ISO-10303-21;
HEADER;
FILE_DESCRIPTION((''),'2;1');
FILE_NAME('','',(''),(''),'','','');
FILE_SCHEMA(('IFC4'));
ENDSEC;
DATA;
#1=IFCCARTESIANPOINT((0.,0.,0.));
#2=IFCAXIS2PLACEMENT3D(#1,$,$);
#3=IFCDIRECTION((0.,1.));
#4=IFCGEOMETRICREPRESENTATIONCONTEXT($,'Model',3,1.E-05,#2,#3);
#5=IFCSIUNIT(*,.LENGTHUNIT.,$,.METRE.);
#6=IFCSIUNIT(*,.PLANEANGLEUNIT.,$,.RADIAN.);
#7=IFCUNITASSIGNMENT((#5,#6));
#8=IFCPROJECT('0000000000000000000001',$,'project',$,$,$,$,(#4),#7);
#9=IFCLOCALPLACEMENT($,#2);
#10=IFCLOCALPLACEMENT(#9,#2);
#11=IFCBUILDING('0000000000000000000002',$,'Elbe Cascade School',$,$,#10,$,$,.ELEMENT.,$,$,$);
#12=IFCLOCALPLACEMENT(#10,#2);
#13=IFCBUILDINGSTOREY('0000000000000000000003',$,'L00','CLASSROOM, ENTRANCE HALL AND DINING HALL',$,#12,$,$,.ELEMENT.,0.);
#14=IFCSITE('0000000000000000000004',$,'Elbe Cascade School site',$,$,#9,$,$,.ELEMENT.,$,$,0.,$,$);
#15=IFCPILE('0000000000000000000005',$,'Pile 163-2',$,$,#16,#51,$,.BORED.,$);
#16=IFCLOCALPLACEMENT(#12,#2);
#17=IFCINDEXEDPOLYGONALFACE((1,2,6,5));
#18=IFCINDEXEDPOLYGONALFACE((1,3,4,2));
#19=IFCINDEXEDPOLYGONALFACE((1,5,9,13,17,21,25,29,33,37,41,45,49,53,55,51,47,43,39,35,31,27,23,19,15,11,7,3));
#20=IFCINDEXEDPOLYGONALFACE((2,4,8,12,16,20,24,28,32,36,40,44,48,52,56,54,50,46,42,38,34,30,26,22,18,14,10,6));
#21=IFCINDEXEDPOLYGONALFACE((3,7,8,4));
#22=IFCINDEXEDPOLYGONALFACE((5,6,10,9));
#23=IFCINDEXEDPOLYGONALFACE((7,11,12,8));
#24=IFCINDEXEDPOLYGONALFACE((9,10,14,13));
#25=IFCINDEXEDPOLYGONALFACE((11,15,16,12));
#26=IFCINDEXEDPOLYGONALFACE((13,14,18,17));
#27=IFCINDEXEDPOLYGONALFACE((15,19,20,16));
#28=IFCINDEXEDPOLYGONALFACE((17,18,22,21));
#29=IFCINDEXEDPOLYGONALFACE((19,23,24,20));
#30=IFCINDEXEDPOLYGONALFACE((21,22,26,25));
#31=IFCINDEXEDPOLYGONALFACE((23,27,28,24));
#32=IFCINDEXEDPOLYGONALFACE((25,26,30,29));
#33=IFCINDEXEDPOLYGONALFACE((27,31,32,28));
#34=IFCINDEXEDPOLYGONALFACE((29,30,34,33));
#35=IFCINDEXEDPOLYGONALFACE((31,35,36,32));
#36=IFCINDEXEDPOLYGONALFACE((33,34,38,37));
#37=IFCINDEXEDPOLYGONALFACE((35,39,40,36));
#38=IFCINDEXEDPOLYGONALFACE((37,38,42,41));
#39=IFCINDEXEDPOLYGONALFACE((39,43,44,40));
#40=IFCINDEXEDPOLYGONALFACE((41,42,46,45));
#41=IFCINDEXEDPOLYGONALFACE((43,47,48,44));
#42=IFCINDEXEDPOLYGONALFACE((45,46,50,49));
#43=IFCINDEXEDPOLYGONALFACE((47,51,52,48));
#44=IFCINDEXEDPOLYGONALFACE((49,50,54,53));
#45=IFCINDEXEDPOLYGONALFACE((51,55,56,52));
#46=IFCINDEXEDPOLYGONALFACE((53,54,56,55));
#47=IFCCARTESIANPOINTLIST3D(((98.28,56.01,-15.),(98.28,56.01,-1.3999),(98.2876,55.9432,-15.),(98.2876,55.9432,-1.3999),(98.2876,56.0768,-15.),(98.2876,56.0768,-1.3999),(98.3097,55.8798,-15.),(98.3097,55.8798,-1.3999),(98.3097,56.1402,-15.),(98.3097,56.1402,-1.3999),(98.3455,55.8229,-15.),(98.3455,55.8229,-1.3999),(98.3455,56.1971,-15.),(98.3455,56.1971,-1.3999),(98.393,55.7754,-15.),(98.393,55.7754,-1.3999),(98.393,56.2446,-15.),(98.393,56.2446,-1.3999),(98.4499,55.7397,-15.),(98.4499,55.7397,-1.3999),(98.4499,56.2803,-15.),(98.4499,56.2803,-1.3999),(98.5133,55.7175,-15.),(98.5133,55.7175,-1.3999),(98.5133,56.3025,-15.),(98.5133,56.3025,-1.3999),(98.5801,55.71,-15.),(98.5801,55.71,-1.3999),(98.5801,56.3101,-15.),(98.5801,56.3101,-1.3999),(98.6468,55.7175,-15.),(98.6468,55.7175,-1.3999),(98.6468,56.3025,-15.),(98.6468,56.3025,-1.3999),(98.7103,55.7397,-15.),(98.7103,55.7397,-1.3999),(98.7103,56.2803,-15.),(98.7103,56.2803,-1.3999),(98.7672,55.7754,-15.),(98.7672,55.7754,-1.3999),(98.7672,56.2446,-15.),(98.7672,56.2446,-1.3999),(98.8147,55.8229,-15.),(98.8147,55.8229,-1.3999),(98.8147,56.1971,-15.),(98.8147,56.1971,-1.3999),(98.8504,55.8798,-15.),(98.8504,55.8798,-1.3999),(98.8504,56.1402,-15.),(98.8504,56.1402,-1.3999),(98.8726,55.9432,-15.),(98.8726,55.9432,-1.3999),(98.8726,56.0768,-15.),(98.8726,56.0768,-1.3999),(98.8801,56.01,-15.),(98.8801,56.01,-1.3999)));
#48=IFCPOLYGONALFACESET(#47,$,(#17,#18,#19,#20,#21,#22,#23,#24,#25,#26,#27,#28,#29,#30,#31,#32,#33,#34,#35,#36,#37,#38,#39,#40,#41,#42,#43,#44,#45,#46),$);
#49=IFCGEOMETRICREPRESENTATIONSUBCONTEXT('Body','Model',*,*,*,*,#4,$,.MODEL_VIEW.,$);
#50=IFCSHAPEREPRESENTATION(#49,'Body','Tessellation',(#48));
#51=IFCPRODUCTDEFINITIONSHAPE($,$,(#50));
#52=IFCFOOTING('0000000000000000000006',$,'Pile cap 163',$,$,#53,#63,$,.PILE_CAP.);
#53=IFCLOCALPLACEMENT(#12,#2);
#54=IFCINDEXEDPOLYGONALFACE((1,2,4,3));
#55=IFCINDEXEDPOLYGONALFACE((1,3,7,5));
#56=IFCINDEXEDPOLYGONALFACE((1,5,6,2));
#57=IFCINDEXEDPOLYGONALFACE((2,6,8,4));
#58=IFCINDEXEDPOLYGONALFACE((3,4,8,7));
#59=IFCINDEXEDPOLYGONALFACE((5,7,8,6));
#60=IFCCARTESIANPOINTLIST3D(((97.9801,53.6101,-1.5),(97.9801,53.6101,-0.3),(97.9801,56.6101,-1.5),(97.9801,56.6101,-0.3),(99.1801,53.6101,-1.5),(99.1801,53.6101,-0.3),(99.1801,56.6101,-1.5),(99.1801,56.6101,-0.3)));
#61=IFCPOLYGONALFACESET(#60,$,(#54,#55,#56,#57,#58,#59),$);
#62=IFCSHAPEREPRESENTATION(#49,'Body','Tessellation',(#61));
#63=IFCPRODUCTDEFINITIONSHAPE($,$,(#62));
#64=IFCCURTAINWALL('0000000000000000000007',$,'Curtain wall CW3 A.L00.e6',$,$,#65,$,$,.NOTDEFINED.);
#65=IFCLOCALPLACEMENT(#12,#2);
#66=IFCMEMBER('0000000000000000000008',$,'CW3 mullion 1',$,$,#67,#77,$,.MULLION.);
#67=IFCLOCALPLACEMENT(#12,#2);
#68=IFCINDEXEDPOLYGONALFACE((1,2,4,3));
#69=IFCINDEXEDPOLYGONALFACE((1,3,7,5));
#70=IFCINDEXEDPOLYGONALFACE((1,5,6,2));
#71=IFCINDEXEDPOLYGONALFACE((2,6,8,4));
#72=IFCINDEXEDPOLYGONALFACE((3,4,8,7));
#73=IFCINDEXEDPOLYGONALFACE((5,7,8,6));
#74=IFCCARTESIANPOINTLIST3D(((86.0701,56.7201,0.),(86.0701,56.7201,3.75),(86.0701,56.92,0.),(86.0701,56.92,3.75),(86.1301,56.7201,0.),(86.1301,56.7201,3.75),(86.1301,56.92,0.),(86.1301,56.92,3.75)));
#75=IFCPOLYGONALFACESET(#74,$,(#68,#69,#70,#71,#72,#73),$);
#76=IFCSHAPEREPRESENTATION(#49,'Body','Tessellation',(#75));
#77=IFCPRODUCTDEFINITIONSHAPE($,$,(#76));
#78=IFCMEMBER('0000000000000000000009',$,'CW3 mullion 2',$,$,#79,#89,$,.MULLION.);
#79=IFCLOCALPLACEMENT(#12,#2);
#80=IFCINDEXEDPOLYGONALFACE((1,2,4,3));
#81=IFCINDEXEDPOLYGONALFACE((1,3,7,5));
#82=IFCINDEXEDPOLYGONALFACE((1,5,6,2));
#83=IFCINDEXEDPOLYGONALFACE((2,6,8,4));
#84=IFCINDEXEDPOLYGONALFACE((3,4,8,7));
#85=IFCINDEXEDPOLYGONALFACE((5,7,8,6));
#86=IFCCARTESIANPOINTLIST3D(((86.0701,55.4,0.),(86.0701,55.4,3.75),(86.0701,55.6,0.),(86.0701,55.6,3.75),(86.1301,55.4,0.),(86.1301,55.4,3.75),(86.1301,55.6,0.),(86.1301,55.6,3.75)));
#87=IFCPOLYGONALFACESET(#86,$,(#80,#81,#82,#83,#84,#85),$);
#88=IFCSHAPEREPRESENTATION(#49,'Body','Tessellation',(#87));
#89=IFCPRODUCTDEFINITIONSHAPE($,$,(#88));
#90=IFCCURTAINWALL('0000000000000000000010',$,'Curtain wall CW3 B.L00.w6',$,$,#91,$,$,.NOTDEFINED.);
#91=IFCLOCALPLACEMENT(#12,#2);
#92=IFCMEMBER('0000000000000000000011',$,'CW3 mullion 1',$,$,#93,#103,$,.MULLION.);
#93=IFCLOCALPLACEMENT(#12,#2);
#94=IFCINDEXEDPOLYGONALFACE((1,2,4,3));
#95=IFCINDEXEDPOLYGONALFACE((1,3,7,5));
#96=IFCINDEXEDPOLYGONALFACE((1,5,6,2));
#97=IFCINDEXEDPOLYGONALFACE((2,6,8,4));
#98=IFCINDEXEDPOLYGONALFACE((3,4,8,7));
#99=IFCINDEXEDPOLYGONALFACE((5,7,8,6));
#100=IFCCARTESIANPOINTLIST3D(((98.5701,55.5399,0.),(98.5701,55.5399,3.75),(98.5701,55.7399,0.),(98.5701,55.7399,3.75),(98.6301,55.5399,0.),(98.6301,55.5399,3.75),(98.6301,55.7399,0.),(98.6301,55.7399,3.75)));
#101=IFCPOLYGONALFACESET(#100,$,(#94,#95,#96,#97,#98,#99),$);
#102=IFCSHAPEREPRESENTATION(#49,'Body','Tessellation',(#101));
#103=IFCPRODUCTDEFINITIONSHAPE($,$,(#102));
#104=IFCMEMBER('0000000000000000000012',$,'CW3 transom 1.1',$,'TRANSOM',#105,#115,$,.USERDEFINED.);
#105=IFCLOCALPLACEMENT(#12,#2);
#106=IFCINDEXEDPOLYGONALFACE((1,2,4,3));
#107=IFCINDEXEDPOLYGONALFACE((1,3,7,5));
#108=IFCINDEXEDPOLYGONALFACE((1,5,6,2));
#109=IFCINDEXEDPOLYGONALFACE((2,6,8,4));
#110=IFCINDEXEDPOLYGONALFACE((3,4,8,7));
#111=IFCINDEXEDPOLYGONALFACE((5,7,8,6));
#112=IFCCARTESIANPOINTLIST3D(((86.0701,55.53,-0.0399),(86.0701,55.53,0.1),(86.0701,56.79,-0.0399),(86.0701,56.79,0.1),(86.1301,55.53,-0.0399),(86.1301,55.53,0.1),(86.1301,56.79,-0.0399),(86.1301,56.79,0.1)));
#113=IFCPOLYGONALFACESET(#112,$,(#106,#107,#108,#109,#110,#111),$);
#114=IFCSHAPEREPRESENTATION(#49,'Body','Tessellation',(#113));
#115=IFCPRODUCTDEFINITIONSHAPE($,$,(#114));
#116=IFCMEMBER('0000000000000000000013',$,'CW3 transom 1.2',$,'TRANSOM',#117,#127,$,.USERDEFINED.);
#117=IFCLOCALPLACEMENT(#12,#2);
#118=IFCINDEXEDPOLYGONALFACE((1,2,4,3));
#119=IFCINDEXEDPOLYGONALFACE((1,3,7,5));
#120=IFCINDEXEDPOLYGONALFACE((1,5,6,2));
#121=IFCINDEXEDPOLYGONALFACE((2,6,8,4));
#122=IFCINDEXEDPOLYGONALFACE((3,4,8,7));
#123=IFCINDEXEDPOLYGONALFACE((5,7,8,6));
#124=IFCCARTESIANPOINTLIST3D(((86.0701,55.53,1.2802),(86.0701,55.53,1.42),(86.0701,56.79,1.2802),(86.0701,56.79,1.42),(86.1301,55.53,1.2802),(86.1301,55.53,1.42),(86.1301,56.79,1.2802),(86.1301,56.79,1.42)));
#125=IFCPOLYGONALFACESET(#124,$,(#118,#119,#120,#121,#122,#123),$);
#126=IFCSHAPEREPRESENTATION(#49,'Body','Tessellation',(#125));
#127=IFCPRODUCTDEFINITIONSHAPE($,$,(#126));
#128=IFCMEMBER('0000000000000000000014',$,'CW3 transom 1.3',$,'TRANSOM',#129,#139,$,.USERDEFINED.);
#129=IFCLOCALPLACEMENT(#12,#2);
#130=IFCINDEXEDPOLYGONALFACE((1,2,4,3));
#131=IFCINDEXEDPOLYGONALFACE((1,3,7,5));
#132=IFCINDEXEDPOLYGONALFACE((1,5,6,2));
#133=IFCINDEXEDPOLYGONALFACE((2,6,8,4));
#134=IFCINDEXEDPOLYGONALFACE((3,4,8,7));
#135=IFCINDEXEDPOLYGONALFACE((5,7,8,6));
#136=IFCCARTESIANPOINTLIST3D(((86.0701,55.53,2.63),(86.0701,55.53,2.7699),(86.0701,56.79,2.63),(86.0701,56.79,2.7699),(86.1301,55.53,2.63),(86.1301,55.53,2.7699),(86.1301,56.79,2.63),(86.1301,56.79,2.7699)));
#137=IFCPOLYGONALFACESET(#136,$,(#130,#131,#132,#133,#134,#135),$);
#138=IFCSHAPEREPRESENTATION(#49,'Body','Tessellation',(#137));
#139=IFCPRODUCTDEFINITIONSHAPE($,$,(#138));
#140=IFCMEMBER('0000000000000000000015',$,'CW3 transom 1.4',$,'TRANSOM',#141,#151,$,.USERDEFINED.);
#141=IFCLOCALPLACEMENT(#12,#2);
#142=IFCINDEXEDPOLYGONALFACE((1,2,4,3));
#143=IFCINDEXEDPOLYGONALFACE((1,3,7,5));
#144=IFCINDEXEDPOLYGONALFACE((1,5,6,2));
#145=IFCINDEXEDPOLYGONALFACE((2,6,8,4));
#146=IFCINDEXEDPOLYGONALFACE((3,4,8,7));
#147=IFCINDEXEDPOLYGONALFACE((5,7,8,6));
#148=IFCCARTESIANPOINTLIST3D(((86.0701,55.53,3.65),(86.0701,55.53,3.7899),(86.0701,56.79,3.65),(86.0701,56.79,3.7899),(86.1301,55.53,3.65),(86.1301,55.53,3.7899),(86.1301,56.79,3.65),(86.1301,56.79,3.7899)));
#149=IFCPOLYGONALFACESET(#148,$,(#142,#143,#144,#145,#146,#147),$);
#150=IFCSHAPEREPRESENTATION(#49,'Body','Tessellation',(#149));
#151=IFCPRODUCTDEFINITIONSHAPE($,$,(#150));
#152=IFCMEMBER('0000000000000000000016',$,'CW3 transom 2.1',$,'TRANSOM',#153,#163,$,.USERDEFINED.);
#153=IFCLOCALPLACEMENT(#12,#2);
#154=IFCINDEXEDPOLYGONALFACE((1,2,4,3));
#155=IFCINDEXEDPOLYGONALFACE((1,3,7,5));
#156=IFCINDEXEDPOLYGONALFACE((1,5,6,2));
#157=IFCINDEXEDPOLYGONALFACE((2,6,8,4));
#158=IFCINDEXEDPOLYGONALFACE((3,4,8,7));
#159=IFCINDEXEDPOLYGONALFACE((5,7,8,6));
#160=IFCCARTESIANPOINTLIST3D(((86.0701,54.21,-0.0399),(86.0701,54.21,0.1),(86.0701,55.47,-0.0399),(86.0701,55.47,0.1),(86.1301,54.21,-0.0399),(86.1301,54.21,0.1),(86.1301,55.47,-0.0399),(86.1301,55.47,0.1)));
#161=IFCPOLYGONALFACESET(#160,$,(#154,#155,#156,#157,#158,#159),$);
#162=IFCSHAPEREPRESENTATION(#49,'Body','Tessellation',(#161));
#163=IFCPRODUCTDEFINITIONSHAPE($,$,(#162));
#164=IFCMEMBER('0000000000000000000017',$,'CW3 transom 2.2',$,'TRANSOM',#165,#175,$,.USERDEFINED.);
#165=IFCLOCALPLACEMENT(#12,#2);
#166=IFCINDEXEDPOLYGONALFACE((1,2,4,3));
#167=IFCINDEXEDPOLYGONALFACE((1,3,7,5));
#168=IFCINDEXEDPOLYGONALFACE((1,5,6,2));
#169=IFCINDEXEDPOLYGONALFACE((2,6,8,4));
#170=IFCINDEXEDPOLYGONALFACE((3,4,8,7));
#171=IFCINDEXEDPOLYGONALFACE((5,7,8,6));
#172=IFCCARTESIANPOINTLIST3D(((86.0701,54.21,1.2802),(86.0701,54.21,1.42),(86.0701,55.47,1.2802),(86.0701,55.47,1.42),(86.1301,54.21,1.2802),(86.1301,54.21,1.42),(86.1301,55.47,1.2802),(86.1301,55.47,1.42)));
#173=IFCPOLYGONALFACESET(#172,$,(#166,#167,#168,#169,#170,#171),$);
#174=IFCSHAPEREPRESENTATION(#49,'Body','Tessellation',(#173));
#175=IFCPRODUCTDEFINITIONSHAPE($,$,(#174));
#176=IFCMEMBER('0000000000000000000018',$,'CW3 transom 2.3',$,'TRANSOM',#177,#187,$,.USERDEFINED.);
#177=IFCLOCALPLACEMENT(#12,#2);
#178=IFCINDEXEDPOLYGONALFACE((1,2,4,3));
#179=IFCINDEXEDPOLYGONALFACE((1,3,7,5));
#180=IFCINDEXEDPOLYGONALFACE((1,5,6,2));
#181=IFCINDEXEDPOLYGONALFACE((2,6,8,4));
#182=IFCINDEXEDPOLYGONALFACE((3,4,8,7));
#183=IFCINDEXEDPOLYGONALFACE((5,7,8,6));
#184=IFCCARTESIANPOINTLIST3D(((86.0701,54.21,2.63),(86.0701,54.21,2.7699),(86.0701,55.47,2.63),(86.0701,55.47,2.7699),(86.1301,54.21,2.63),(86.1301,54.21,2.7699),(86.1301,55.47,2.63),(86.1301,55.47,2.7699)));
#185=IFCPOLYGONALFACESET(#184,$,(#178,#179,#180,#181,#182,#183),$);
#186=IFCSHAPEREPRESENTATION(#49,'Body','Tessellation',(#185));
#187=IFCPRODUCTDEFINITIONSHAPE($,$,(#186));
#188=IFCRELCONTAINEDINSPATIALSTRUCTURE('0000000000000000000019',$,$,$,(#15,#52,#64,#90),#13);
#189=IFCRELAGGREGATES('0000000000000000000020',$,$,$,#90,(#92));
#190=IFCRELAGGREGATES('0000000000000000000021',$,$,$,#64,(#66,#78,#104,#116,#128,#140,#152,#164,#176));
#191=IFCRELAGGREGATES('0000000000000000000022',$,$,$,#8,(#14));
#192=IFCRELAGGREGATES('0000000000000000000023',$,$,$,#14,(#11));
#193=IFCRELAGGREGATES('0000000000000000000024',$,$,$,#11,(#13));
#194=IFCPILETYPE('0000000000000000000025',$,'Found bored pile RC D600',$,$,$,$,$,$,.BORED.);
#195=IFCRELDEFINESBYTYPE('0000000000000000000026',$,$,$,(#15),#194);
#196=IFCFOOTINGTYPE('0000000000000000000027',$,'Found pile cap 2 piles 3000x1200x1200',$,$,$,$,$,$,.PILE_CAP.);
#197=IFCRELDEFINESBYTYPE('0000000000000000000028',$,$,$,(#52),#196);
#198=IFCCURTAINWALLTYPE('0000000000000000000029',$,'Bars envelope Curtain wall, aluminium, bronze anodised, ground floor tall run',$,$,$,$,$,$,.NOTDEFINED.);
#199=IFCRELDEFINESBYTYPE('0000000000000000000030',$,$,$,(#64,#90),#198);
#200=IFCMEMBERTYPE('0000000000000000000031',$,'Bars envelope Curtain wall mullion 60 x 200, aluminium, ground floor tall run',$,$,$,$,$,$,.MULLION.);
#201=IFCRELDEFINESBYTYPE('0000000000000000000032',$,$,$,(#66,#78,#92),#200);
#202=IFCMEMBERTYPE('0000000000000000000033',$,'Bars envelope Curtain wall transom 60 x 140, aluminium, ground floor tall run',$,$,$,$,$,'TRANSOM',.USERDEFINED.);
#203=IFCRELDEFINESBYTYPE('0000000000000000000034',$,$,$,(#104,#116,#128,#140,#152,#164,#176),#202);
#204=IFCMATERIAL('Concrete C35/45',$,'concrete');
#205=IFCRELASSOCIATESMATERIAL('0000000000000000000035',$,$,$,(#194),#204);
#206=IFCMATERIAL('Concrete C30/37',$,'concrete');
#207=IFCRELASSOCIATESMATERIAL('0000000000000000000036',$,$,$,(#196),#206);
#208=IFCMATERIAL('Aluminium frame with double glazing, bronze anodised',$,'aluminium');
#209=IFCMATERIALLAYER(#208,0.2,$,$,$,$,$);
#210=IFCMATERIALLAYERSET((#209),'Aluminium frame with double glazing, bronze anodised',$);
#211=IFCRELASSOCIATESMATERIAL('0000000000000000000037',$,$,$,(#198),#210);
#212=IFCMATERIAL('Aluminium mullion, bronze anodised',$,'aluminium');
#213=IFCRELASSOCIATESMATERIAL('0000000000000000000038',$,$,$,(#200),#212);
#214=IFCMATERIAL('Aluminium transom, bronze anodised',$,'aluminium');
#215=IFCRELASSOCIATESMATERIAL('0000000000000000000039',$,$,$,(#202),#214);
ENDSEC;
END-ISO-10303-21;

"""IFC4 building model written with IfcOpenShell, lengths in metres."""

from ifc_helpers import new_model, si_unit, direction, frame, origin, origin_2d, place, context, subcontext, project, spatial, rectangle, circle, extrude, material, layer, layer_set, material_profile, profile_set, type_object, element, aggregate, save


model = new_model("IFC4")

# Units and contexts
model_context = context("Model", 3, precision=1e-05, world=origin(), true_north=direction((0.0, 1.0)))
body_context = subcontext(model_context, "Body", "Model", "MODEL_VIEW")
ifc_project = project(units=[si_unit("LENGTHUNIT", "METRE"), si_unit("PLANEANGLEUNIT", "RADIAN")], contexts=[model_context])

# Site, building, storey
site_placement = place(None, origin())
site = spatial("IfcSite", under=ifc_project, at=site_placement, Name="Elbe Cascade School site", CompositionType="ELEMENT", RefElevation=0.0)
building_placement = place(site_placement, origin())
building = spatial("IfcBuilding", under=site, at=building_placement, Name="Elbe Cascade School", CompositionType="ELEMENT")
storey_placement = place(building_placement, origin())
storey = spatial("IfcBuildingStorey", under=building, at=storey_placement, Name="L00", Description="CLASSROOM, ENTRANCE HALL AND DINING HALL", CompositionType="ELEMENT", Elevation=0.0)

# Pile
ifc_material_1 = material(Name="Concrete C35/45", Category="concrete")
ifc_material_profile_1 = material_profile(ifc_material_1, circle(Radius=0.3, at=origin_2d()), Name="RC D600")
ifc_profile_set_1 = profile_set([ifc_material_profile_1], Name="Concrete C35/45")
pile_type = type_object("IfcPileType", Name="Found bored pile RC D600", PredefinedType="BORED", material=ifc_profile_set_1)
pile_placement = place(storey_placement, frame((98.5801, 56.01, -1.3999), z_axis=(0.0, 0.0, -1.0), x_axis=(1.0, 0.0, 0.0)))
element("IfcPile", 1, at=pile_placement, inside=storey, type_object=pile_type, Name="Pile 163-2", PredefinedType="BORED", context=body_context, shape_type="SweptSolid", body=[
    extrude(circle(Radius=0.3, at=origin_2d()), origin(), (0.0, 0.0, 1.0), 13.6001),
])

# Footing
ifc_material_2 = material(Name="Concrete C30/37", Category="concrete")
footing_type = type_object("IfcFootingType", Name="Found pile cap 2 piles 3000x1200x1200", PredefinedType="PILE_CAP", material=ifc_material_2)
footing_placement = place(storey_placement, frame((98.5801, 55.1101, -1.5), z_axis=(0.0, 0.0, 1.0), x_axis=(1.0, 0.0, 0.0)))
element("IfcFooting", 2, at=footing_placement, inside=storey, type_object=footing_type, Name="Pile cap 163", PredefinedType="PILE_CAP", context=body_context, shape_type="SweptSolid", body=[
    extrude(rectangle(XDim=1.2, YDim=3.0, at=origin_2d()), origin(), (0.0, 0.0, 1.0), 1.2),
])

# Curtain wall, members
ifc_material_3 = material(Name="Aluminium frame with double glazing, bronze anodised", Category="aluminium")
ifc_layer_1 = layer(ifc_material_3, 0.2)
ifc_layer_set_1 = layer_set([ifc_layer_1], Name="Aluminium frame with double glazing, bronze anodised")
curtain_wall_type = type_object("IfcCurtainWallType", Name="Bars envelope Curtain wall, aluminium, bronze anodised, ground floor tall run", PredefinedType="NOTDEFINED", material=ifc_layer_set_1)
curtain_wall_1_placement = place(storey_placement, origin())
curtain_wall_1 = element("IfcCurtainWall", 3, at=curtain_wall_1_placement, inside=storey, type_object=curtain_wall_type, Name="Curtain wall CW3 A.L00.e6", PredefinedType="NOTDEFINED")
ifc_material_4 = material(Name="Aluminium mullion, bronze anodised", Category="aluminium")
ifc_material_profile_2 = material_profile(ifc_material_4, rectangle(XDim=0.0601, YDim=0.2, at=origin_2d()), Name="Bars envelope Curtain wall mullion 60 x 200, aluminium, ground floor tall run")
ifc_profile_set_2 = profile_set([ifc_material_profile_2], Name="Aluminium mullion, bronze anodised")
member_type_1 = type_object("IfcMemberType", Name="Bars envelope Curtain wall mullion 60 x 200, aluminium, ground floor tall run", PredefinedType="MULLION", material=ifc_profile_set_2)
member_1_placement = place(storey_placement, frame((86.1001, 56.8201, 0.0), z_axis=(0.0, 0.0, 1.0), x_axis=(1.0, 0.0, 0.0)))
member_1 = element("IfcMember", 4, at=member_1_placement, type_object=member_type_1, Name="CW3 mullion 1", PredefinedType="MULLION", context=body_context, shape_type="SweptSolid", body=[
    extrude(rectangle(XDim=0.0601, YDim=0.2, at=origin_2d()), origin(), (0.0, 0.0, 1.0), 3.75),
])
member_2_placement = place(storey_placement, frame((86.1001, 55.5, 0.0), z_axis=(0.0, 0.0, 1.0), x_axis=(1.0, 0.0, 0.0)))
member_2 = element("IfcMember", 5, at=member_2_placement, type_object=member_type_1, Name="CW3 mullion 2", PredefinedType="MULLION", context=body_context, shape_type="SweptSolid", body=[
    extrude(rectangle(XDim=0.0601, YDim=0.2, at=origin_2d()), origin(), (0.0, 0.0, 1.0), 3.75),
])

# Curtain wall, member
curtain_wall_2_placement = place(storey_placement, origin())
curtain_wall_2 = element("IfcCurtainWall", 6, at=curtain_wall_2_placement, inside=storey, type_object=curtain_wall_type, Name="Curtain wall CW3 B.L00.w6", PredefinedType="NOTDEFINED")
member_3_placement = place(storey_placement, frame((98.6001, 55.6399, 0.0), z_axis=(0.0, 0.0, 1.0), x_axis=(-1.0, 0.0, 0.0)))
member_3 = element("IfcMember", 7, at=member_3_placement, type_object=member_type_1, Name="CW3 mullion 1", PredefinedType="MULLION", context=body_context, shape_type="SweptSolid", body=[
    extrude(rectangle(XDim=0.0601, YDim=0.2, at=origin_2d()), origin(), (0.0, 0.0, 1.0), 3.75),
])

# Members
ifc_material_5 = material(Name="Aluminium transom, bronze anodised", Category="aluminium")
ifc_material_profile_3 = material_profile(ifc_material_5, rectangle(XDim=0.0601, YDim=0.1399, at=origin_2d()), Name="Bars envelope Curtain wall transom 60 x 140, aluminium, ground floor tall run")
ifc_profile_set_3 = profile_set([ifc_material_profile_3], Name="Aluminium transom, bronze anodised")
member_type_2 = type_object("IfcMemberType", Name="Bars envelope Curtain wall transom 60 x 140, aluminium, ground floor tall run", ElementType="TRANSOM", PredefinedType="USERDEFINED", material=ifc_profile_set_3)
member_4_placement = place(storey_placement, frame((86.1001, 56.79, 0.03), z_axis=(0.0, -1.0, 0.0), x_axis=(1.0, 0.0, 0.0)))
member_4 = element("IfcMember", 8, at=member_4_placement, type_object=member_type_2, Name="CW3 transom 1.1", ObjectType="TRANSOM", PredefinedType="USERDEFINED", context=body_context, shape_type="SweptSolid", body=[
    extrude(rectangle(XDim=0.0601, YDim=0.1399, at=origin_2d()), origin(), (0.0, 0.0, 1.0), 1.26),
])
member_5_placement = place(storey_placement, frame((86.1001, 56.79, 1.3501), z_axis=(0.0, -1.0, 0.0), x_axis=(1.0, 0.0, 0.0)))
member_5 = element("IfcMember", 9, at=member_5_placement, type_object=member_type_2, Name="CW3 transom 1.2", ObjectType="TRANSOM", PredefinedType="USERDEFINED", context=body_context, shape_type="SweptSolid", body=[
    extrude(rectangle(XDim=0.0601, YDim=0.1399, at=origin_2d()), origin(), (0.0, 0.0, 1.0), 1.26),
])
member_6_placement = place(storey_placement, frame((86.1001, 56.79, 2.7), z_axis=(0.0, -1.0, 0.0), x_axis=(1.0, 0.0, 0.0)))
member_6 = element("IfcMember", 10, at=member_6_placement, type_object=member_type_2, Name="CW3 transom 1.3", ObjectType="TRANSOM", PredefinedType="USERDEFINED", context=body_context, shape_type="SweptSolid", body=[
    extrude(rectangle(XDim=0.0601, YDim=0.1399, at=origin_2d()), origin(), (0.0, 0.0, 1.0), 1.26),
])
member_7_placement = place(storey_placement, frame((86.1001, 56.79, 3.72), z_axis=(0.0, -1.0, 0.0), x_axis=(1.0, 0.0, 0.0)))
member_7 = element("IfcMember", 11, at=member_7_placement, type_object=member_type_2, Name="CW3 transom 1.4", ObjectType="TRANSOM", PredefinedType="USERDEFINED", context=body_context, shape_type="SweptSolid", body=[
    extrude(rectangle(XDim=0.0601, YDim=0.1399, at=origin_2d()), origin(), (0.0, 0.0, 1.0), 1.26),
])
member_8_placement = place(storey_placement, frame((86.1001, 55.47, 0.03), z_axis=(0.0, -1.0, 0.0), x_axis=(1.0, 0.0, 0.0)))
member_8 = element("IfcMember", 12, at=member_8_placement, type_object=member_type_2, Name="CW3 transom 2.1", ObjectType="TRANSOM", PredefinedType="USERDEFINED", context=body_context, shape_type="SweptSolid", body=[
    extrude(rectangle(XDim=0.0601, YDim=0.1399, at=origin_2d()), origin(), (0.0, 0.0, 1.0), 1.26),
])
member_9_placement = place(storey_placement, frame((86.1001, 55.47, 1.3501), z_axis=(0.0, -1.0, 0.0), x_axis=(1.0, 0.0, 0.0)))
member_9 = element("IfcMember", 13, at=member_9_placement, type_object=member_type_2, Name="CW3 transom 2.2", ObjectType="TRANSOM", PredefinedType="USERDEFINED", context=body_context, shape_type="SweptSolid", body=[
    extrude(rectangle(XDim=0.0601, YDim=0.1399, at=origin_2d()), origin(), (0.0, 0.0, 1.0), 1.26),
])
member_10_placement = place(storey_placement, frame((86.1001, 55.47, 2.7), z_axis=(0.0, -1.0, 0.0), x_axis=(1.0, 0.0, 0.0)))
member_10 = element("IfcMember", 14, at=member_10_placement, type_object=member_type_2, Name="CW3 transom 2.3", ObjectType="TRANSOM", PredefinedType="USERDEFINED", context=body_context, shape_type="SweptSolid", body=[
    extrude(rectangle(XDim=0.0601, YDim=0.1399, at=origin_2d()), origin(), (0.0, 0.0, 1.0), 1.26),
])
aggregate(curtain_wall_2, [member_3])

aggregate(curtain_wall_1, [member_1, member_2, member_4, member_5, member_6, member_7, member_8, member_9, member_10])

save(model, "model.ifc")
